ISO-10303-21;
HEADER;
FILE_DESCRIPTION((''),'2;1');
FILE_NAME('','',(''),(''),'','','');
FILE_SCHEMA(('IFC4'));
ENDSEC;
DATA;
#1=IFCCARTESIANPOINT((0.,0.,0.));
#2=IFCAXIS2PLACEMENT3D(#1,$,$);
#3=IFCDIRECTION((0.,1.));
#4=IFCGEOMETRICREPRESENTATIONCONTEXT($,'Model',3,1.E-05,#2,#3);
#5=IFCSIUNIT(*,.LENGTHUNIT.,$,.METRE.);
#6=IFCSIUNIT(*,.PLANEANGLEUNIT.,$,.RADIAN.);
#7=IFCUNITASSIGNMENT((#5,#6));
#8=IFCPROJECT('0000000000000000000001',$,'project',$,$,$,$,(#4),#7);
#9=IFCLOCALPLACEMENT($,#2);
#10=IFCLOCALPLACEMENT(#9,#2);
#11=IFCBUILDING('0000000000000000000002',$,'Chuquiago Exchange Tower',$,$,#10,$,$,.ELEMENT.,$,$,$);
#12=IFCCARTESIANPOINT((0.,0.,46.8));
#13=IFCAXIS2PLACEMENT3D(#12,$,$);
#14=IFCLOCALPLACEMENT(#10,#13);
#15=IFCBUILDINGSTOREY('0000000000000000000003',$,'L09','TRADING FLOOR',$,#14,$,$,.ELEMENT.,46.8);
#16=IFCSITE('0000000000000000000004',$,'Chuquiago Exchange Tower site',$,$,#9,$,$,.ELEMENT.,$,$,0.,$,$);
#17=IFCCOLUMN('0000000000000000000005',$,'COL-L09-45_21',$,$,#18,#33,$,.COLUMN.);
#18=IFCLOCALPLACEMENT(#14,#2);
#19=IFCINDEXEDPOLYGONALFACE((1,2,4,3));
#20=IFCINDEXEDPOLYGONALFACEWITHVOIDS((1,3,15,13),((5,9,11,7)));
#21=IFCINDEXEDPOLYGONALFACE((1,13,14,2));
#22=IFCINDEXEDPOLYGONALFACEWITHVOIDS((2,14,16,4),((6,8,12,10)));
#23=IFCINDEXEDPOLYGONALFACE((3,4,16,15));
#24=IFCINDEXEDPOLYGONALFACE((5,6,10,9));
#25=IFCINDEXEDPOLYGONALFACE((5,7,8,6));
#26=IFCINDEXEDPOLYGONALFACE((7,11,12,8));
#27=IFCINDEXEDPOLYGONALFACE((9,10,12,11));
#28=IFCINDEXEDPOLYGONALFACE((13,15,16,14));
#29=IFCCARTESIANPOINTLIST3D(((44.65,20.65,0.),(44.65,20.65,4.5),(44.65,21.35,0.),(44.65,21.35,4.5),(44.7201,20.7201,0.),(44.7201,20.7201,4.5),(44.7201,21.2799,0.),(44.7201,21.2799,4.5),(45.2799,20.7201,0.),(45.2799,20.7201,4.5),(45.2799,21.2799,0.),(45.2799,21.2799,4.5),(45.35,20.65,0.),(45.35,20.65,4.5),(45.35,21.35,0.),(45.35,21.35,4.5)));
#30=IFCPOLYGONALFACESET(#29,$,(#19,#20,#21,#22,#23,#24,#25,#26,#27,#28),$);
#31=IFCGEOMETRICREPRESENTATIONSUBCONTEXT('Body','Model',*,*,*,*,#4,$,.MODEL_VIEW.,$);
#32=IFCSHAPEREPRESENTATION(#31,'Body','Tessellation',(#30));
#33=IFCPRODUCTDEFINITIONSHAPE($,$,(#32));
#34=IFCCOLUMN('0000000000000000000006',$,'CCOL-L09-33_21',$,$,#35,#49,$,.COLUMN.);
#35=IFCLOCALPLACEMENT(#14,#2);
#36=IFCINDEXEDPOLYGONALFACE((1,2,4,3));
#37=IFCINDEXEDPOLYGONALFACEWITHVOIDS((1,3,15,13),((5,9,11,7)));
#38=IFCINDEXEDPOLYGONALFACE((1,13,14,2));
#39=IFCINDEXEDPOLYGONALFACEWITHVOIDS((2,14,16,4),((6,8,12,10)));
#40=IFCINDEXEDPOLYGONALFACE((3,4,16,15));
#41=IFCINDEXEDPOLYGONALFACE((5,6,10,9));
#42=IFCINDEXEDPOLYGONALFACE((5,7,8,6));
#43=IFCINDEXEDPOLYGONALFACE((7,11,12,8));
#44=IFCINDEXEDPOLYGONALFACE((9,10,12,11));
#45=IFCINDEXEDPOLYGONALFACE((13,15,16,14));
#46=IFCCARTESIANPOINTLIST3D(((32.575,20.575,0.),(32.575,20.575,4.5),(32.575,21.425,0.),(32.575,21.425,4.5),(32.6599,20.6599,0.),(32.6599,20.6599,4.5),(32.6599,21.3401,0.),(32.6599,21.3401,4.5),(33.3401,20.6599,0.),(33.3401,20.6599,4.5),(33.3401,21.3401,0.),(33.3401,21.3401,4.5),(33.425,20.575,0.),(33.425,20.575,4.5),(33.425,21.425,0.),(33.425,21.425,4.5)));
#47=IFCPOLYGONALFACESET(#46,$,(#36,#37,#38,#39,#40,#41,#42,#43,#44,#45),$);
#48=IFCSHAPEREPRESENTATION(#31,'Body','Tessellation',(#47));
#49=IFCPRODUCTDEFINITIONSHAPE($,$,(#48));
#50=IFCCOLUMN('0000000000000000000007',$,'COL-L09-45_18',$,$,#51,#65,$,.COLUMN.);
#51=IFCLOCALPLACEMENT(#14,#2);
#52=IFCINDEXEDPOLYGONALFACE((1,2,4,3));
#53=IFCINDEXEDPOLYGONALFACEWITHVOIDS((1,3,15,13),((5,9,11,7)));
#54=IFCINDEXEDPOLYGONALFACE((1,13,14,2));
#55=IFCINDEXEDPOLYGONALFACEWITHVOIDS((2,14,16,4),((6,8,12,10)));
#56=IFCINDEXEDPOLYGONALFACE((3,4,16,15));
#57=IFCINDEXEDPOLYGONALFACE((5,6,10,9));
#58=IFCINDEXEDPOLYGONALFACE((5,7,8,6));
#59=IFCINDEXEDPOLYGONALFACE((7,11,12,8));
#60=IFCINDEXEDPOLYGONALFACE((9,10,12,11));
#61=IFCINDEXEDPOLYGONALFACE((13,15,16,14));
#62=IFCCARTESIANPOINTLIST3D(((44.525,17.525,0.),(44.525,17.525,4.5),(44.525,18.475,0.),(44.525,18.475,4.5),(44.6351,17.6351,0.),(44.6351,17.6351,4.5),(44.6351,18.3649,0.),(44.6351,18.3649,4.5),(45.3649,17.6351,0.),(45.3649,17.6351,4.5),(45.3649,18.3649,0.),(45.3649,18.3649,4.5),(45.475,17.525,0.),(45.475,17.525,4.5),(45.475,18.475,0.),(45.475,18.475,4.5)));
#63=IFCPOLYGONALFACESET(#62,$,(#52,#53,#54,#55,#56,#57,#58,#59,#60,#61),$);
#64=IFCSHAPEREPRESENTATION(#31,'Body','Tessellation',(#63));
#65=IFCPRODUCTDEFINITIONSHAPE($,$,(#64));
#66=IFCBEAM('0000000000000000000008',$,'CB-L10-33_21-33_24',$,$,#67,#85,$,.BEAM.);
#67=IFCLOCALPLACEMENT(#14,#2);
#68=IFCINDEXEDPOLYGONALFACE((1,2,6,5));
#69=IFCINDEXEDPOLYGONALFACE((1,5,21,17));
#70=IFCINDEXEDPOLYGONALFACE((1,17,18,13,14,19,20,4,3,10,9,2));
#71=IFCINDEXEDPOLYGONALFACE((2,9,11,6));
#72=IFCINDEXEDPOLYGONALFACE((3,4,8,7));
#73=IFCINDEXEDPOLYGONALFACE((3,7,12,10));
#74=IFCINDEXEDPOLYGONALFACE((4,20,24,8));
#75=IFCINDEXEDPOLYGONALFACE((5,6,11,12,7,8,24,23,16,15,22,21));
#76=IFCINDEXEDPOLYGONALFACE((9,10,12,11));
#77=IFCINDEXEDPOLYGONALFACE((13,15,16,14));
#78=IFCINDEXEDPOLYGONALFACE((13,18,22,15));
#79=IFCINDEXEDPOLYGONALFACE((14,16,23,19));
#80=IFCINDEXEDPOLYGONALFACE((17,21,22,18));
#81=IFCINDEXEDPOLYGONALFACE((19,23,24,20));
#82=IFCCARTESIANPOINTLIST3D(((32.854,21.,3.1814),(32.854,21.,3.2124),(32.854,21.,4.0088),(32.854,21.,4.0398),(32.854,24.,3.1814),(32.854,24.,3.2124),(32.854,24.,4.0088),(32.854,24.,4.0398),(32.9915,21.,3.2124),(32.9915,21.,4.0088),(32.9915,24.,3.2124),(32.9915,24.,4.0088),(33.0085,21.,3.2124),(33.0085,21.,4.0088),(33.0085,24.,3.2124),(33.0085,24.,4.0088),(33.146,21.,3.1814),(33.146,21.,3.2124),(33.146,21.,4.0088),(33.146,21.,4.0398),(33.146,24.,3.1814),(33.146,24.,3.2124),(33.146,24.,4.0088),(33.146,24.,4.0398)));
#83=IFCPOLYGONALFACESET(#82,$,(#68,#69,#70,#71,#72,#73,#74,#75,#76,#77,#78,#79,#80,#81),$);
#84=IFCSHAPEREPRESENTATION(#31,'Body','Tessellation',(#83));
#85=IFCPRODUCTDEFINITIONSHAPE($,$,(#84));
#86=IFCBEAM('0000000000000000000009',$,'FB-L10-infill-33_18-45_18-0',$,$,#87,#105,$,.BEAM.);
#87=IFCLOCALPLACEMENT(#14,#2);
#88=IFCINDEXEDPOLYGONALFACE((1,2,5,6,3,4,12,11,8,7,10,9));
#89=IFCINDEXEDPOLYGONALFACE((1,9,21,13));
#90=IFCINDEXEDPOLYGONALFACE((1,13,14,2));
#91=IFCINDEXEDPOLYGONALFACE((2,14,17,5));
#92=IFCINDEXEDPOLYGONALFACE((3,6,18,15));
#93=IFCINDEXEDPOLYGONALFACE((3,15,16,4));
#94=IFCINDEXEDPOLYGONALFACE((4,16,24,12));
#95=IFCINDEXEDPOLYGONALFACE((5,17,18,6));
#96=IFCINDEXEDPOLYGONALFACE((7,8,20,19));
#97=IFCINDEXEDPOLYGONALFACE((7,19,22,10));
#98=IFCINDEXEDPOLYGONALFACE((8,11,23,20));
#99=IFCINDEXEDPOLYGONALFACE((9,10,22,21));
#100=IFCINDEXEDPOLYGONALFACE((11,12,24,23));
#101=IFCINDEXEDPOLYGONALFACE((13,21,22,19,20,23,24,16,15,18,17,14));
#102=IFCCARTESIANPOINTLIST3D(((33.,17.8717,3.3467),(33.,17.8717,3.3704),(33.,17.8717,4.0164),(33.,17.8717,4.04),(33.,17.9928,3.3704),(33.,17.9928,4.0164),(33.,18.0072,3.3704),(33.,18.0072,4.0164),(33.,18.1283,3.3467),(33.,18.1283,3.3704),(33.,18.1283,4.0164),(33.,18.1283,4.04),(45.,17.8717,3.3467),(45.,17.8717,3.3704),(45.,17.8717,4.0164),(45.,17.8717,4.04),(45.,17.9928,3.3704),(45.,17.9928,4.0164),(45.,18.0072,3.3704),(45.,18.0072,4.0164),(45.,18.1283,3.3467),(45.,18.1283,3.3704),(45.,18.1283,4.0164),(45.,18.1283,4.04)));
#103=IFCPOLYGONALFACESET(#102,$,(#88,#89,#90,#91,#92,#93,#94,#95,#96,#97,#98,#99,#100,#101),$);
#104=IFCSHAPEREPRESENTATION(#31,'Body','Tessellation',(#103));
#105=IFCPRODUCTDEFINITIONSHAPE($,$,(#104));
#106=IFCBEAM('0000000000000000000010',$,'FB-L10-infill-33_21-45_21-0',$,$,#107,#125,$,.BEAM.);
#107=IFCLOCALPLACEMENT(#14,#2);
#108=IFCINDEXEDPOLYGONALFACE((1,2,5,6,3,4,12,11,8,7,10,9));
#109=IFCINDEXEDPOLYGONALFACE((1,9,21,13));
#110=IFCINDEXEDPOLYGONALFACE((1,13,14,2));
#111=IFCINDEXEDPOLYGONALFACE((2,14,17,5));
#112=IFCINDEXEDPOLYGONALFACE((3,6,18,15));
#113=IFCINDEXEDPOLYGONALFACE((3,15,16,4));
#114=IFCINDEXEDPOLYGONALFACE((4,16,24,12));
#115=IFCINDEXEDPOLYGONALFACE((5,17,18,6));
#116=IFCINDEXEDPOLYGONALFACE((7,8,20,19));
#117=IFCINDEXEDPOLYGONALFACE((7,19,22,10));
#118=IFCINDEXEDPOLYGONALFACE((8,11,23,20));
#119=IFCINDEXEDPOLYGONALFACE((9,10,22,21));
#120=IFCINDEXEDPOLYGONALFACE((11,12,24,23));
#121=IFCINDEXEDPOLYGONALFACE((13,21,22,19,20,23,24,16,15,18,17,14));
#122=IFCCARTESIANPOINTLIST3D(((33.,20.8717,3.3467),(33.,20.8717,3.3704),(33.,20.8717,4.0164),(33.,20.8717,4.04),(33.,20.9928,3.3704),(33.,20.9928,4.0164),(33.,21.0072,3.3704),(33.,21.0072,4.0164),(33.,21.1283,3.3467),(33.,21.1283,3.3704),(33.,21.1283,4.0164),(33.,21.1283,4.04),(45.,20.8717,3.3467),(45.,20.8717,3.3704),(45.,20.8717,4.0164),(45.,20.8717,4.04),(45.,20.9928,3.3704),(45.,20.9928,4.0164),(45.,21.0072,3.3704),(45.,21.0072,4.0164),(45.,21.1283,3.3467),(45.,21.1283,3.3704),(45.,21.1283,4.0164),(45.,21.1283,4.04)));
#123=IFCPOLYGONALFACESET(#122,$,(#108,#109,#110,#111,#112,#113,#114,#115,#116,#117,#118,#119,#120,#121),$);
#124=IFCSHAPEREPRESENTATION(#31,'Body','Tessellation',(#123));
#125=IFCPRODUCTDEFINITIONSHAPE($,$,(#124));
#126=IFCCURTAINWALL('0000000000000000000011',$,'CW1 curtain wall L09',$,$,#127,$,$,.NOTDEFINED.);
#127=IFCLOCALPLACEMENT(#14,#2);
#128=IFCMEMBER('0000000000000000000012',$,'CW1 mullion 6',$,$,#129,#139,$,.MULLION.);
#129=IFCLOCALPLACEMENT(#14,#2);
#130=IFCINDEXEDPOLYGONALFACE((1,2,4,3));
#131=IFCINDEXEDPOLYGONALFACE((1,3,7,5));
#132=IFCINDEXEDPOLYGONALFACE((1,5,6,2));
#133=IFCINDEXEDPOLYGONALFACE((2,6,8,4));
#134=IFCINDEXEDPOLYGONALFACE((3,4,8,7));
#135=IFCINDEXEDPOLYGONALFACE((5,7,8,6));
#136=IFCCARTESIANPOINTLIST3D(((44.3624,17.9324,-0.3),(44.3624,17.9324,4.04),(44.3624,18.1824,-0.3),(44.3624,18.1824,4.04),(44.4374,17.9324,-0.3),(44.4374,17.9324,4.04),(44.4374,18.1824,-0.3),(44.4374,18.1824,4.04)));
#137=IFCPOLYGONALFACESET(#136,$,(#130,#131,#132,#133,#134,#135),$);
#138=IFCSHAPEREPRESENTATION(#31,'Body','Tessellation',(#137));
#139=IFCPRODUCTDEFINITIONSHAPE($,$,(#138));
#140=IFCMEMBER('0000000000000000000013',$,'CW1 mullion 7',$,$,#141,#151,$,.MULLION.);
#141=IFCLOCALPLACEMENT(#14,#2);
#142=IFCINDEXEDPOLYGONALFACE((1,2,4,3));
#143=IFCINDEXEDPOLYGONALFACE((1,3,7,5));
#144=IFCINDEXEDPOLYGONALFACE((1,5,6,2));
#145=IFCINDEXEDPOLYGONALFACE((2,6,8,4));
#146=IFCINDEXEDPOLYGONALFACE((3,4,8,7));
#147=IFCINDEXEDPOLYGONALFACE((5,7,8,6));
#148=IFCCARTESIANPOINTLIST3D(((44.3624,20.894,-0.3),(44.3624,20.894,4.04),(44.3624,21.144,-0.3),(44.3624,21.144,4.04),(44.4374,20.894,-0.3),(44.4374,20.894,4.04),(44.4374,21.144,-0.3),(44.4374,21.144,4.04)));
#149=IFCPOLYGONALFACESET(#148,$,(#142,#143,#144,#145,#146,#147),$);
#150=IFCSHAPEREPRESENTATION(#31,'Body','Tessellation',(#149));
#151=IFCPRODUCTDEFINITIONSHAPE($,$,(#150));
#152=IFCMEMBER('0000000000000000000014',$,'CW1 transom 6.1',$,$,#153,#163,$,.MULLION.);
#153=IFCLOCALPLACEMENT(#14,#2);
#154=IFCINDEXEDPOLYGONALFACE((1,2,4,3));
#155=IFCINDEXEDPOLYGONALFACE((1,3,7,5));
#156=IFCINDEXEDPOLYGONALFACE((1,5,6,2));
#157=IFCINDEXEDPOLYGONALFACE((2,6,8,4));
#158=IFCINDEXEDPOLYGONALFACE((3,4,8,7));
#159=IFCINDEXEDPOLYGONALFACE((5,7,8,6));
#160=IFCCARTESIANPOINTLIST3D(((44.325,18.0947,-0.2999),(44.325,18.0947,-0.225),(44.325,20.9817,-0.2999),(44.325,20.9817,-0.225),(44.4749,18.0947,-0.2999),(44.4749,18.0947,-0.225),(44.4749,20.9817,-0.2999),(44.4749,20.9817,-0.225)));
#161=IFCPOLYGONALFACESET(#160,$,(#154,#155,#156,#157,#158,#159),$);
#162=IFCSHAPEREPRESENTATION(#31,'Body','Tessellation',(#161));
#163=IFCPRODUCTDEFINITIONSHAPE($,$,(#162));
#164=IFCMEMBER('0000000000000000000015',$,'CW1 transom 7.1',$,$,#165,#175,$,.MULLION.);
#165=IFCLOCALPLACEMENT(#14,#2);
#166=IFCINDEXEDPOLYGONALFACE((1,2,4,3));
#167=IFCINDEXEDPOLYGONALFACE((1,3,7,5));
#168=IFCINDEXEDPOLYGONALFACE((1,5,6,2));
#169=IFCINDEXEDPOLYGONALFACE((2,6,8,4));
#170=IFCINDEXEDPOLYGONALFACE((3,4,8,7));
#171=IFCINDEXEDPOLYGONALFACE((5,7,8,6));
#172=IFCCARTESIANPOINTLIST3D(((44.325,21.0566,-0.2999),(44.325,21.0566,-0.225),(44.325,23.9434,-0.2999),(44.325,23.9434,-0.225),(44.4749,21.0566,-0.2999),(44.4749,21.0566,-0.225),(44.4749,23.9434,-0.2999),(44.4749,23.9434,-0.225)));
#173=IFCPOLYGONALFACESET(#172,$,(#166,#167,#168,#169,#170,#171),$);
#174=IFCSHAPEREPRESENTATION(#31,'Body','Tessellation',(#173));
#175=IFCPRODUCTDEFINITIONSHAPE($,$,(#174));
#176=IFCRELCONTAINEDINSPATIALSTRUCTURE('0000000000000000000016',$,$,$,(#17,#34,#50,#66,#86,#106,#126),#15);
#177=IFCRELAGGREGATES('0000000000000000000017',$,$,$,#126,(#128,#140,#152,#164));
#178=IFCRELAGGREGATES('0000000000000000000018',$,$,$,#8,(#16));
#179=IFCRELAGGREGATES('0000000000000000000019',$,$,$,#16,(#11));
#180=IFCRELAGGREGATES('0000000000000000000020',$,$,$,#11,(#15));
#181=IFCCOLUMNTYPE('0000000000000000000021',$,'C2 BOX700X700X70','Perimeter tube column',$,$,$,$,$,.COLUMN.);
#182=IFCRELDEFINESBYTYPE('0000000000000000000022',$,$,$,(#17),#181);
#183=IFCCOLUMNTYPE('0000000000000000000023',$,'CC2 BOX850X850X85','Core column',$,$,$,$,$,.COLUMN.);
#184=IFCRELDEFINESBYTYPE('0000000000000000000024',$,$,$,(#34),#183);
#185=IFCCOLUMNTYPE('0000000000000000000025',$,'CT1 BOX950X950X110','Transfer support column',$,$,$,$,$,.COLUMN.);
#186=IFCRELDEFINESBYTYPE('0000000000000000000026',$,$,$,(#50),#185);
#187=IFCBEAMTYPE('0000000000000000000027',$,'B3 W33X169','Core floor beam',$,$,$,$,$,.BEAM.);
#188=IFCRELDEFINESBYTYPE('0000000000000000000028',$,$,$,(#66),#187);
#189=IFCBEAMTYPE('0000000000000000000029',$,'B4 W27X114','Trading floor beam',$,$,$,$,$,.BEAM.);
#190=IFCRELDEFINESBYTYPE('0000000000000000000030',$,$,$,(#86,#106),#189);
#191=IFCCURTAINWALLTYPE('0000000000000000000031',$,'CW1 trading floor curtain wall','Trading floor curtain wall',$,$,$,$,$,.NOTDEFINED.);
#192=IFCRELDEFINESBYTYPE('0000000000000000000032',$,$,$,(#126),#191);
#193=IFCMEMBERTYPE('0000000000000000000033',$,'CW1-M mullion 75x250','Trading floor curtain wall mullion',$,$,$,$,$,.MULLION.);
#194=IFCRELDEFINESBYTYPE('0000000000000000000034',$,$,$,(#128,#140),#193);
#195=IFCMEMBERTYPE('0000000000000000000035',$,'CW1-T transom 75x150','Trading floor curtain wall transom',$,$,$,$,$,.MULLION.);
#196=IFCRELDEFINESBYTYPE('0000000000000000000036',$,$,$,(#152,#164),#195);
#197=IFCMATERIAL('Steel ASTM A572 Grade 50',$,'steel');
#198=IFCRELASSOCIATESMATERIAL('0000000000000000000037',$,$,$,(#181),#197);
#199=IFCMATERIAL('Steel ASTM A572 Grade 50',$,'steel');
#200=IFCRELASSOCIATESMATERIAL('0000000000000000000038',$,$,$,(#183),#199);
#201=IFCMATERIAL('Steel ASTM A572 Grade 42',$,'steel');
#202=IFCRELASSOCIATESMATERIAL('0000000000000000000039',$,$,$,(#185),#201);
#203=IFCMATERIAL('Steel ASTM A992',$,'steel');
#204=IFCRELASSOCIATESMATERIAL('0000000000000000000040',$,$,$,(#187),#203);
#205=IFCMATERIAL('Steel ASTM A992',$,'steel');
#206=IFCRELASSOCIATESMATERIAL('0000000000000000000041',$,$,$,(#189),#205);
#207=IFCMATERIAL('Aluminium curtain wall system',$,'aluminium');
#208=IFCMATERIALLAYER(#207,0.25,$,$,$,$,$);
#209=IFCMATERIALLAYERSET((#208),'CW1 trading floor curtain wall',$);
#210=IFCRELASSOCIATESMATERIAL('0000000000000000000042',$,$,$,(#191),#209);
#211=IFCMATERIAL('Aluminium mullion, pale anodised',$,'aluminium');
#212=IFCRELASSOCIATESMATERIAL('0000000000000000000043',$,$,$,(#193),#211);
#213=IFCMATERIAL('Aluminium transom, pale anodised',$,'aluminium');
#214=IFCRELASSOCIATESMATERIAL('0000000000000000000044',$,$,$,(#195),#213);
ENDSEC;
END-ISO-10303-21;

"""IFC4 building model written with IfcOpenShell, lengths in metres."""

from ifc_helpers import new_model, si_unit, direction, frame, origin, origin_2d, place, context, subcontext, project, spatial, rectangle, hollow_rectangle, i_section, extrude, material, layer, layer_set, material_profile, profile_set, type_object, element, aggregate, save


model = new_model("IFC4")

# Units and contexts
model_context = context("Model", 3, precision=1e-05, world=origin(), true_north=direction((0.0, 1.0)))
body_context = subcontext(model_context, "Body", "Model", "MODEL_VIEW")
ifc_project = project(units=[si_unit("LENGTHUNIT", "METRE"), si_unit("PLANEANGLEUNIT", "RADIAN")], contexts=[model_context])

# Site, building, storey
site_placement = place(None, origin())
site = spatial("IfcSite", under=ifc_project, at=site_placement, Name="Chuquiago Exchange Tower site", CompositionType="ELEMENT", RefElevation=0.0)
building_placement = place(site_placement, origin())
building = spatial("IfcBuilding", under=site, at=building_placement, Name="Chuquiago Exchange Tower", CompositionType="ELEMENT")
storey_placement = place(building_placement, frame((0.0, 0.0, 46.8)))
storey = spatial("IfcBuildingStorey", under=building, at=storey_placement, Name="L09", Description="TRADING FLOOR", CompositionType="ELEMENT", Elevation=46.8)

# Columns
ifc_material_1 = material(Name="Steel ASTM A572 Grade 50", Category="steel")
ifc_material_profile_1 = material_profile(ifc_material_1, hollow_rectangle(XDim=0.7, YDim=0.7, WallThickness=0.0701, at=origin_2d()), Name="BOX700X700X70")
ifc_profile_set_1 = profile_set([ifc_material_profile_1], Name="Steel ASTM A572 Grade 50")
column_type_1 = type_object("IfcColumnType", Name="C2 BOX700X700X70", Description="Perimeter tube column", PredefinedType="COLUMN", material=ifc_profile_set_1)
column_1_placement = place(storey_placement, frame((45.0, 21.0, 0.0), z_axis=(0.0, 0.0, 1.0), x_axis=(1.0, 0.0, 0.0)))
element("IfcColumn", 1, at=column_1_placement, inside=storey, type_object=column_type_1, Name="COL-L09-45_21", PredefinedType="COLUMN", context=body_context, shape_type="SweptSolid", body=[
    extrude(hollow_rectangle(XDim=0.7, YDim=0.7, WallThickness=0.0701, at=origin_2d()), origin(), (0.0, 0.0, 1.0), 4.5),
])
ifc_material_2 = material(Name="Steel ASTM A572 Grade 50", Category="steel")
ifc_material_profile_2 = material_profile(ifc_material_2, hollow_rectangle(XDim=0.8501, YDim=0.8501, WallThickness=0.085, at=origin_2d()), Name="BOX850X850X85")
ifc_profile_set_2 = profile_set([ifc_material_profile_2], Name="Steel ASTM A572 Grade 50")
column_type_2 = type_object("IfcColumnType", Name="CC2 BOX850X850X85", Description="Core column", PredefinedType="COLUMN", material=ifc_profile_set_2)
column_2_placement = place(storey_placement, frame((33.0, 21.0, 0.0), z_axis=(0.0, 0.0, 1.0), x_axis=(1.0, 0.0, 0.0)))
element("IfcColumn", 2, at=column_2_placement, inside=storey, type_object=column_type_2, Name="CCOL-L09-33_21", PredefinedType="COLUMN", context=body_context, shape_type="SweptSolid", body=[
    extrude(hollow_rectangle(XDim=0.8501, YDim=0.8501, WallThickness=0.085, at=origin_2d()), origin(), (0.0, 0.0, 1.0), 4.5),
])
ifc_material_3 = material(Name="Steel ASTM A572 Grade 42", Category="steel")
ifc_material_profile_3 = material_profile(ifc_material_3, hollow_rectangle(XDim=0.95, YDim=0.95, WallThickness=0.1101, at=origin_2d()), Name="BOX950X950X110")
ifc_profile_set_3 = profile_set([ifc_material_profile_3], Name="Steel ASTM A572 Grade 42")
column_type_3 = type_object("IfcColumnType", Name="CT1 BOX950X950X110", Description="Transfer support column", PredefinedType="COLUMN", material=ifc_profile_set_3)
column_3_placement = place(storey_placement, frame((45.0, 18.0, 0.0), z_axis=(0.0, 0.0, 1.0), x_axis=(1.0, 0.0, 0.0)))
element("IfcColumn", 3, at=column_3_placement, inside=storey, type_object=column_type_3, Name="COL-L09-45_18", PredefinedType="COLUMN", context=body_context, shape_type="SweptSolid", body=[
    extrude(hollow_rectangle(XDim=0.95, YDim=0.95, WallThickness=0.1101, at=origin_2d()), origin(), (0.0, 0.0, 1.0), 4.5),
])

# Beams
ifc_material_4 = material(Name="Steel ASTM A992", Category="steel")
ifc_material_profile_4 = material_profile(ifc_material_4, i_section(OverallWidth=0.292, OverallDepth=0.8584, WebThickness=0.0171, FlangeThickness=0.031, at=origin_2d()), Name="W33X169")
ifc_profile_set_4 = profile_set([ifc_material_profile_4], Name="Steel ASTM A992")
beam_type_1 = type_object("IfcBeamType", Name="B3 W33X169", Description="Core floor beam", PredefinedType="BEAM", material=ifc_profile_set_4)
beam_placement = place(storey_placement, frame((33.0, 21.0, 3.6106), z_axis=(0.0, 1.0, 0.0), x_axis=(-1.0, 0.0, 0.0)))
element("IfcBeam", 4, at=beam_placement, inside=storey, type_object=beam_type_1, Name="CB-L10-33_21-33_24", PredefinedType="BEAM", context=body_context, shape_type="SweptSolid", body=[
    extrude(i_section(OverallWidth=0.292, OverallDepth=0.8584, WebThickness=0.0171, FlangeThickness=0.031, at=origin_2d()), origin(), (0.0, 0.0, 1.0), 3.0),
])
ifc_material_5 = material(Name="Steel ASTM A992", Category="steel")
ifc_material_profile_5 = material_profile(ifc_material_5, i_section(OverallWidth=0.2566, OverallDepth=0.6934, WebThickness=0.0144, FlangeThickness=0.0237, at=origin_2d()), Name="W27X114")
ifc_profile_set_5 = profile_set([ifc_material_profile_5], Name="Steel ASTM A992")
beam_type_2 = type_object("IfcBeamType", Name="B4 W27X114", Description="Trading floor beam", PredefinedType="BEAM", material=ifc_profile_set_5)
for number, where, z_axis, x_axis, name in (
    (5, (33.0, 18.0, 3.6934), (1.0, 0.0, 0.0), (0.0, 1.0, 0.0), "FB-L10-infill-33_18-45_18-0"),
    (6, (33.0, 21.0, 3.6934), (1.0, 0.0, 0.0), (0.0, 1.0, 0.0), "FB-L10-infill-33_21-45_21-0"),
):
    element("IfcBeam", number, at=place(storey_placement, frame(where, z_axis=z_axis, x_axis=x_axis)), inside=storey, type_object=beam_type_2, Name=name, PredefinedType="BEAM", context=body_context, shape_type="SweptSolid", body=[
        extrude(i_section(OverallWidth=0.2566, OverallDepth=0.6934, WebThickness=0.0144, FlangeThickness=0.0237, at=origin_2d()), origin(), (0.0, 0.0, 1.0), 12.0),
    ])

# Curtain wall, members
ifc_material_6 = material(Name="Aluminium curtain wall system", Category="aluminium")
ifc_layer_1 = layer(ifc_material_6, 0.25)
ifc_layer_set_1 = layer_set([ifc_layer_1], Name="CW1 trading floor curtain wall")
curtain_wall_type = type_object("IfcCurtainWallType", Name="CW1 trading floor curtain wall", Description="Trading floor curtain wall", PredefinedType="NOTDEFINED", material=ifc_layer_set_1)
curtain_wall_placement = place(storey_placement, origin())
curtain_wall = element("IfcCurtainWall", 7, at=curtain_wall_placement, inside=storey, type_object=curtain_wall_type, Name="CW1 curtain wall L09", PredefinedType="NOTDEFINED")
ifc_material_7 = material(Name="Aluminium mullion, pale anodised", Category="aluminium")
ifc_material_profile_6 = material_profile(ifc_material_7, rectangle(XDim=0.075, YDim=0.25, at=origin_2d()), Name="AL 75x250")
ifc_profile_set_6 = profile_set([ifc_material_profile_6], Name="Aluminium mullion, pale anodised")
member_type_1 = type_object("IfcMemberType", Name="CW1-M mullion 75x250", Description="Trading floor curtain wall mullion", PredefinedType="MULLION", material=ifc_profile_set_6)
member_1_placement = place(storey_placement, frame((44.3999, 18.0574, -0.3), z_axis=(0.0, 0.0, 1.0), x_axis=(-1.0, 0.0, 0.0)))
member_1 = element("IfcMember", 8, at=member_1_placement, type_object=member_type_1, Name="CW1 mullion 6", PredefinedType="MULLION", context=body_context, shape_type="SweptSolid", body=[
    extrude(rectangle(XDim=0.075, YDim=0.25, at=origin_2d()), origin(), (0.0, 0.0, 1.0), 4.3401),
])
member_2_placement = place(storey_placement, frame((44.3999, 21.019, -0.3), z_axis=(0.0, 0.0, 1.0), x_axis=(-1.0, 0.0, 0.0)))
member_2 = element("IfcMember", 9, at=member_2_placement, type_object=member_type_1, Name="CW1 mullion 7", PredefinedType="MULLION", context=body_context, shape_type="SweptSolid", body=[
    extrude(rectangle(XDim=0.075, YDim=0.25, at=origin_2d()), origin(), (0.0, 0.0, 1.0), 4.3401),
])
ifc_material_8 = material(Name="Aluminium transom, pale anodised", Category="aluminium")
ifc_material_profile_7 = material_profile(ifc_material_8, rectangle(XDim=0.1499, YDim=0.075, at=origin_2d()), Name="AL 150x75")
ifc_profile_set_7 = profile_set([ifc_material_profile_7], Name="Aluminium transom, pale anodised")
member_type_2 = type_object("IfcMemberType", Name="CW1-T transom 75x150", Description="Trading floor curtain wall transom", PredefinedType="MULLION", material=ifc_profile_set_7)
member_3_placement = place(storey_placement, frame((44.3999, 18.0947, -0.2625), z_axis=(0.0, 1.0, 0.0), x_axis=(-1.0, 0.0, 0.0)))
member_3 = element("IfcMember", 10, at=member_3_placement, type_object=member_type_2, Name="CW1 transom 6.1", PredefinedType="MULLION", context=body_context, shape_type="SweptSolid", body=[
    extrude(rectangle(XDim=0.1499, YDim=0.075, at=origin_2d()), origin(), (0.0, 0.0, 1.0), 2.887),
])
member_4_placement = place(storey_placement, frame((44.3999, 21.0566, -0.2625), z_axis=(0.0, 1.0, 0.0), x_axis=(-1.0, 0.0, 0.0)))
member_4 = element("IfcMember", 11, at=member_4_placement, type_object=member_type_2, Name="CW1 transom 7.1", PredefinedType="MULLION", context=body_context, shape_type="SweptSolid", body=[
    extrude(rectangle(XDim=0.1499, YDim=0.075, at=origin_2d()), origin(), (0.0, 0.0, 1.0), 2.8867),
])

aggregate(curtain_wall, [member_1, member_2, member_3, member_4])

save(model, "model.ifc")
